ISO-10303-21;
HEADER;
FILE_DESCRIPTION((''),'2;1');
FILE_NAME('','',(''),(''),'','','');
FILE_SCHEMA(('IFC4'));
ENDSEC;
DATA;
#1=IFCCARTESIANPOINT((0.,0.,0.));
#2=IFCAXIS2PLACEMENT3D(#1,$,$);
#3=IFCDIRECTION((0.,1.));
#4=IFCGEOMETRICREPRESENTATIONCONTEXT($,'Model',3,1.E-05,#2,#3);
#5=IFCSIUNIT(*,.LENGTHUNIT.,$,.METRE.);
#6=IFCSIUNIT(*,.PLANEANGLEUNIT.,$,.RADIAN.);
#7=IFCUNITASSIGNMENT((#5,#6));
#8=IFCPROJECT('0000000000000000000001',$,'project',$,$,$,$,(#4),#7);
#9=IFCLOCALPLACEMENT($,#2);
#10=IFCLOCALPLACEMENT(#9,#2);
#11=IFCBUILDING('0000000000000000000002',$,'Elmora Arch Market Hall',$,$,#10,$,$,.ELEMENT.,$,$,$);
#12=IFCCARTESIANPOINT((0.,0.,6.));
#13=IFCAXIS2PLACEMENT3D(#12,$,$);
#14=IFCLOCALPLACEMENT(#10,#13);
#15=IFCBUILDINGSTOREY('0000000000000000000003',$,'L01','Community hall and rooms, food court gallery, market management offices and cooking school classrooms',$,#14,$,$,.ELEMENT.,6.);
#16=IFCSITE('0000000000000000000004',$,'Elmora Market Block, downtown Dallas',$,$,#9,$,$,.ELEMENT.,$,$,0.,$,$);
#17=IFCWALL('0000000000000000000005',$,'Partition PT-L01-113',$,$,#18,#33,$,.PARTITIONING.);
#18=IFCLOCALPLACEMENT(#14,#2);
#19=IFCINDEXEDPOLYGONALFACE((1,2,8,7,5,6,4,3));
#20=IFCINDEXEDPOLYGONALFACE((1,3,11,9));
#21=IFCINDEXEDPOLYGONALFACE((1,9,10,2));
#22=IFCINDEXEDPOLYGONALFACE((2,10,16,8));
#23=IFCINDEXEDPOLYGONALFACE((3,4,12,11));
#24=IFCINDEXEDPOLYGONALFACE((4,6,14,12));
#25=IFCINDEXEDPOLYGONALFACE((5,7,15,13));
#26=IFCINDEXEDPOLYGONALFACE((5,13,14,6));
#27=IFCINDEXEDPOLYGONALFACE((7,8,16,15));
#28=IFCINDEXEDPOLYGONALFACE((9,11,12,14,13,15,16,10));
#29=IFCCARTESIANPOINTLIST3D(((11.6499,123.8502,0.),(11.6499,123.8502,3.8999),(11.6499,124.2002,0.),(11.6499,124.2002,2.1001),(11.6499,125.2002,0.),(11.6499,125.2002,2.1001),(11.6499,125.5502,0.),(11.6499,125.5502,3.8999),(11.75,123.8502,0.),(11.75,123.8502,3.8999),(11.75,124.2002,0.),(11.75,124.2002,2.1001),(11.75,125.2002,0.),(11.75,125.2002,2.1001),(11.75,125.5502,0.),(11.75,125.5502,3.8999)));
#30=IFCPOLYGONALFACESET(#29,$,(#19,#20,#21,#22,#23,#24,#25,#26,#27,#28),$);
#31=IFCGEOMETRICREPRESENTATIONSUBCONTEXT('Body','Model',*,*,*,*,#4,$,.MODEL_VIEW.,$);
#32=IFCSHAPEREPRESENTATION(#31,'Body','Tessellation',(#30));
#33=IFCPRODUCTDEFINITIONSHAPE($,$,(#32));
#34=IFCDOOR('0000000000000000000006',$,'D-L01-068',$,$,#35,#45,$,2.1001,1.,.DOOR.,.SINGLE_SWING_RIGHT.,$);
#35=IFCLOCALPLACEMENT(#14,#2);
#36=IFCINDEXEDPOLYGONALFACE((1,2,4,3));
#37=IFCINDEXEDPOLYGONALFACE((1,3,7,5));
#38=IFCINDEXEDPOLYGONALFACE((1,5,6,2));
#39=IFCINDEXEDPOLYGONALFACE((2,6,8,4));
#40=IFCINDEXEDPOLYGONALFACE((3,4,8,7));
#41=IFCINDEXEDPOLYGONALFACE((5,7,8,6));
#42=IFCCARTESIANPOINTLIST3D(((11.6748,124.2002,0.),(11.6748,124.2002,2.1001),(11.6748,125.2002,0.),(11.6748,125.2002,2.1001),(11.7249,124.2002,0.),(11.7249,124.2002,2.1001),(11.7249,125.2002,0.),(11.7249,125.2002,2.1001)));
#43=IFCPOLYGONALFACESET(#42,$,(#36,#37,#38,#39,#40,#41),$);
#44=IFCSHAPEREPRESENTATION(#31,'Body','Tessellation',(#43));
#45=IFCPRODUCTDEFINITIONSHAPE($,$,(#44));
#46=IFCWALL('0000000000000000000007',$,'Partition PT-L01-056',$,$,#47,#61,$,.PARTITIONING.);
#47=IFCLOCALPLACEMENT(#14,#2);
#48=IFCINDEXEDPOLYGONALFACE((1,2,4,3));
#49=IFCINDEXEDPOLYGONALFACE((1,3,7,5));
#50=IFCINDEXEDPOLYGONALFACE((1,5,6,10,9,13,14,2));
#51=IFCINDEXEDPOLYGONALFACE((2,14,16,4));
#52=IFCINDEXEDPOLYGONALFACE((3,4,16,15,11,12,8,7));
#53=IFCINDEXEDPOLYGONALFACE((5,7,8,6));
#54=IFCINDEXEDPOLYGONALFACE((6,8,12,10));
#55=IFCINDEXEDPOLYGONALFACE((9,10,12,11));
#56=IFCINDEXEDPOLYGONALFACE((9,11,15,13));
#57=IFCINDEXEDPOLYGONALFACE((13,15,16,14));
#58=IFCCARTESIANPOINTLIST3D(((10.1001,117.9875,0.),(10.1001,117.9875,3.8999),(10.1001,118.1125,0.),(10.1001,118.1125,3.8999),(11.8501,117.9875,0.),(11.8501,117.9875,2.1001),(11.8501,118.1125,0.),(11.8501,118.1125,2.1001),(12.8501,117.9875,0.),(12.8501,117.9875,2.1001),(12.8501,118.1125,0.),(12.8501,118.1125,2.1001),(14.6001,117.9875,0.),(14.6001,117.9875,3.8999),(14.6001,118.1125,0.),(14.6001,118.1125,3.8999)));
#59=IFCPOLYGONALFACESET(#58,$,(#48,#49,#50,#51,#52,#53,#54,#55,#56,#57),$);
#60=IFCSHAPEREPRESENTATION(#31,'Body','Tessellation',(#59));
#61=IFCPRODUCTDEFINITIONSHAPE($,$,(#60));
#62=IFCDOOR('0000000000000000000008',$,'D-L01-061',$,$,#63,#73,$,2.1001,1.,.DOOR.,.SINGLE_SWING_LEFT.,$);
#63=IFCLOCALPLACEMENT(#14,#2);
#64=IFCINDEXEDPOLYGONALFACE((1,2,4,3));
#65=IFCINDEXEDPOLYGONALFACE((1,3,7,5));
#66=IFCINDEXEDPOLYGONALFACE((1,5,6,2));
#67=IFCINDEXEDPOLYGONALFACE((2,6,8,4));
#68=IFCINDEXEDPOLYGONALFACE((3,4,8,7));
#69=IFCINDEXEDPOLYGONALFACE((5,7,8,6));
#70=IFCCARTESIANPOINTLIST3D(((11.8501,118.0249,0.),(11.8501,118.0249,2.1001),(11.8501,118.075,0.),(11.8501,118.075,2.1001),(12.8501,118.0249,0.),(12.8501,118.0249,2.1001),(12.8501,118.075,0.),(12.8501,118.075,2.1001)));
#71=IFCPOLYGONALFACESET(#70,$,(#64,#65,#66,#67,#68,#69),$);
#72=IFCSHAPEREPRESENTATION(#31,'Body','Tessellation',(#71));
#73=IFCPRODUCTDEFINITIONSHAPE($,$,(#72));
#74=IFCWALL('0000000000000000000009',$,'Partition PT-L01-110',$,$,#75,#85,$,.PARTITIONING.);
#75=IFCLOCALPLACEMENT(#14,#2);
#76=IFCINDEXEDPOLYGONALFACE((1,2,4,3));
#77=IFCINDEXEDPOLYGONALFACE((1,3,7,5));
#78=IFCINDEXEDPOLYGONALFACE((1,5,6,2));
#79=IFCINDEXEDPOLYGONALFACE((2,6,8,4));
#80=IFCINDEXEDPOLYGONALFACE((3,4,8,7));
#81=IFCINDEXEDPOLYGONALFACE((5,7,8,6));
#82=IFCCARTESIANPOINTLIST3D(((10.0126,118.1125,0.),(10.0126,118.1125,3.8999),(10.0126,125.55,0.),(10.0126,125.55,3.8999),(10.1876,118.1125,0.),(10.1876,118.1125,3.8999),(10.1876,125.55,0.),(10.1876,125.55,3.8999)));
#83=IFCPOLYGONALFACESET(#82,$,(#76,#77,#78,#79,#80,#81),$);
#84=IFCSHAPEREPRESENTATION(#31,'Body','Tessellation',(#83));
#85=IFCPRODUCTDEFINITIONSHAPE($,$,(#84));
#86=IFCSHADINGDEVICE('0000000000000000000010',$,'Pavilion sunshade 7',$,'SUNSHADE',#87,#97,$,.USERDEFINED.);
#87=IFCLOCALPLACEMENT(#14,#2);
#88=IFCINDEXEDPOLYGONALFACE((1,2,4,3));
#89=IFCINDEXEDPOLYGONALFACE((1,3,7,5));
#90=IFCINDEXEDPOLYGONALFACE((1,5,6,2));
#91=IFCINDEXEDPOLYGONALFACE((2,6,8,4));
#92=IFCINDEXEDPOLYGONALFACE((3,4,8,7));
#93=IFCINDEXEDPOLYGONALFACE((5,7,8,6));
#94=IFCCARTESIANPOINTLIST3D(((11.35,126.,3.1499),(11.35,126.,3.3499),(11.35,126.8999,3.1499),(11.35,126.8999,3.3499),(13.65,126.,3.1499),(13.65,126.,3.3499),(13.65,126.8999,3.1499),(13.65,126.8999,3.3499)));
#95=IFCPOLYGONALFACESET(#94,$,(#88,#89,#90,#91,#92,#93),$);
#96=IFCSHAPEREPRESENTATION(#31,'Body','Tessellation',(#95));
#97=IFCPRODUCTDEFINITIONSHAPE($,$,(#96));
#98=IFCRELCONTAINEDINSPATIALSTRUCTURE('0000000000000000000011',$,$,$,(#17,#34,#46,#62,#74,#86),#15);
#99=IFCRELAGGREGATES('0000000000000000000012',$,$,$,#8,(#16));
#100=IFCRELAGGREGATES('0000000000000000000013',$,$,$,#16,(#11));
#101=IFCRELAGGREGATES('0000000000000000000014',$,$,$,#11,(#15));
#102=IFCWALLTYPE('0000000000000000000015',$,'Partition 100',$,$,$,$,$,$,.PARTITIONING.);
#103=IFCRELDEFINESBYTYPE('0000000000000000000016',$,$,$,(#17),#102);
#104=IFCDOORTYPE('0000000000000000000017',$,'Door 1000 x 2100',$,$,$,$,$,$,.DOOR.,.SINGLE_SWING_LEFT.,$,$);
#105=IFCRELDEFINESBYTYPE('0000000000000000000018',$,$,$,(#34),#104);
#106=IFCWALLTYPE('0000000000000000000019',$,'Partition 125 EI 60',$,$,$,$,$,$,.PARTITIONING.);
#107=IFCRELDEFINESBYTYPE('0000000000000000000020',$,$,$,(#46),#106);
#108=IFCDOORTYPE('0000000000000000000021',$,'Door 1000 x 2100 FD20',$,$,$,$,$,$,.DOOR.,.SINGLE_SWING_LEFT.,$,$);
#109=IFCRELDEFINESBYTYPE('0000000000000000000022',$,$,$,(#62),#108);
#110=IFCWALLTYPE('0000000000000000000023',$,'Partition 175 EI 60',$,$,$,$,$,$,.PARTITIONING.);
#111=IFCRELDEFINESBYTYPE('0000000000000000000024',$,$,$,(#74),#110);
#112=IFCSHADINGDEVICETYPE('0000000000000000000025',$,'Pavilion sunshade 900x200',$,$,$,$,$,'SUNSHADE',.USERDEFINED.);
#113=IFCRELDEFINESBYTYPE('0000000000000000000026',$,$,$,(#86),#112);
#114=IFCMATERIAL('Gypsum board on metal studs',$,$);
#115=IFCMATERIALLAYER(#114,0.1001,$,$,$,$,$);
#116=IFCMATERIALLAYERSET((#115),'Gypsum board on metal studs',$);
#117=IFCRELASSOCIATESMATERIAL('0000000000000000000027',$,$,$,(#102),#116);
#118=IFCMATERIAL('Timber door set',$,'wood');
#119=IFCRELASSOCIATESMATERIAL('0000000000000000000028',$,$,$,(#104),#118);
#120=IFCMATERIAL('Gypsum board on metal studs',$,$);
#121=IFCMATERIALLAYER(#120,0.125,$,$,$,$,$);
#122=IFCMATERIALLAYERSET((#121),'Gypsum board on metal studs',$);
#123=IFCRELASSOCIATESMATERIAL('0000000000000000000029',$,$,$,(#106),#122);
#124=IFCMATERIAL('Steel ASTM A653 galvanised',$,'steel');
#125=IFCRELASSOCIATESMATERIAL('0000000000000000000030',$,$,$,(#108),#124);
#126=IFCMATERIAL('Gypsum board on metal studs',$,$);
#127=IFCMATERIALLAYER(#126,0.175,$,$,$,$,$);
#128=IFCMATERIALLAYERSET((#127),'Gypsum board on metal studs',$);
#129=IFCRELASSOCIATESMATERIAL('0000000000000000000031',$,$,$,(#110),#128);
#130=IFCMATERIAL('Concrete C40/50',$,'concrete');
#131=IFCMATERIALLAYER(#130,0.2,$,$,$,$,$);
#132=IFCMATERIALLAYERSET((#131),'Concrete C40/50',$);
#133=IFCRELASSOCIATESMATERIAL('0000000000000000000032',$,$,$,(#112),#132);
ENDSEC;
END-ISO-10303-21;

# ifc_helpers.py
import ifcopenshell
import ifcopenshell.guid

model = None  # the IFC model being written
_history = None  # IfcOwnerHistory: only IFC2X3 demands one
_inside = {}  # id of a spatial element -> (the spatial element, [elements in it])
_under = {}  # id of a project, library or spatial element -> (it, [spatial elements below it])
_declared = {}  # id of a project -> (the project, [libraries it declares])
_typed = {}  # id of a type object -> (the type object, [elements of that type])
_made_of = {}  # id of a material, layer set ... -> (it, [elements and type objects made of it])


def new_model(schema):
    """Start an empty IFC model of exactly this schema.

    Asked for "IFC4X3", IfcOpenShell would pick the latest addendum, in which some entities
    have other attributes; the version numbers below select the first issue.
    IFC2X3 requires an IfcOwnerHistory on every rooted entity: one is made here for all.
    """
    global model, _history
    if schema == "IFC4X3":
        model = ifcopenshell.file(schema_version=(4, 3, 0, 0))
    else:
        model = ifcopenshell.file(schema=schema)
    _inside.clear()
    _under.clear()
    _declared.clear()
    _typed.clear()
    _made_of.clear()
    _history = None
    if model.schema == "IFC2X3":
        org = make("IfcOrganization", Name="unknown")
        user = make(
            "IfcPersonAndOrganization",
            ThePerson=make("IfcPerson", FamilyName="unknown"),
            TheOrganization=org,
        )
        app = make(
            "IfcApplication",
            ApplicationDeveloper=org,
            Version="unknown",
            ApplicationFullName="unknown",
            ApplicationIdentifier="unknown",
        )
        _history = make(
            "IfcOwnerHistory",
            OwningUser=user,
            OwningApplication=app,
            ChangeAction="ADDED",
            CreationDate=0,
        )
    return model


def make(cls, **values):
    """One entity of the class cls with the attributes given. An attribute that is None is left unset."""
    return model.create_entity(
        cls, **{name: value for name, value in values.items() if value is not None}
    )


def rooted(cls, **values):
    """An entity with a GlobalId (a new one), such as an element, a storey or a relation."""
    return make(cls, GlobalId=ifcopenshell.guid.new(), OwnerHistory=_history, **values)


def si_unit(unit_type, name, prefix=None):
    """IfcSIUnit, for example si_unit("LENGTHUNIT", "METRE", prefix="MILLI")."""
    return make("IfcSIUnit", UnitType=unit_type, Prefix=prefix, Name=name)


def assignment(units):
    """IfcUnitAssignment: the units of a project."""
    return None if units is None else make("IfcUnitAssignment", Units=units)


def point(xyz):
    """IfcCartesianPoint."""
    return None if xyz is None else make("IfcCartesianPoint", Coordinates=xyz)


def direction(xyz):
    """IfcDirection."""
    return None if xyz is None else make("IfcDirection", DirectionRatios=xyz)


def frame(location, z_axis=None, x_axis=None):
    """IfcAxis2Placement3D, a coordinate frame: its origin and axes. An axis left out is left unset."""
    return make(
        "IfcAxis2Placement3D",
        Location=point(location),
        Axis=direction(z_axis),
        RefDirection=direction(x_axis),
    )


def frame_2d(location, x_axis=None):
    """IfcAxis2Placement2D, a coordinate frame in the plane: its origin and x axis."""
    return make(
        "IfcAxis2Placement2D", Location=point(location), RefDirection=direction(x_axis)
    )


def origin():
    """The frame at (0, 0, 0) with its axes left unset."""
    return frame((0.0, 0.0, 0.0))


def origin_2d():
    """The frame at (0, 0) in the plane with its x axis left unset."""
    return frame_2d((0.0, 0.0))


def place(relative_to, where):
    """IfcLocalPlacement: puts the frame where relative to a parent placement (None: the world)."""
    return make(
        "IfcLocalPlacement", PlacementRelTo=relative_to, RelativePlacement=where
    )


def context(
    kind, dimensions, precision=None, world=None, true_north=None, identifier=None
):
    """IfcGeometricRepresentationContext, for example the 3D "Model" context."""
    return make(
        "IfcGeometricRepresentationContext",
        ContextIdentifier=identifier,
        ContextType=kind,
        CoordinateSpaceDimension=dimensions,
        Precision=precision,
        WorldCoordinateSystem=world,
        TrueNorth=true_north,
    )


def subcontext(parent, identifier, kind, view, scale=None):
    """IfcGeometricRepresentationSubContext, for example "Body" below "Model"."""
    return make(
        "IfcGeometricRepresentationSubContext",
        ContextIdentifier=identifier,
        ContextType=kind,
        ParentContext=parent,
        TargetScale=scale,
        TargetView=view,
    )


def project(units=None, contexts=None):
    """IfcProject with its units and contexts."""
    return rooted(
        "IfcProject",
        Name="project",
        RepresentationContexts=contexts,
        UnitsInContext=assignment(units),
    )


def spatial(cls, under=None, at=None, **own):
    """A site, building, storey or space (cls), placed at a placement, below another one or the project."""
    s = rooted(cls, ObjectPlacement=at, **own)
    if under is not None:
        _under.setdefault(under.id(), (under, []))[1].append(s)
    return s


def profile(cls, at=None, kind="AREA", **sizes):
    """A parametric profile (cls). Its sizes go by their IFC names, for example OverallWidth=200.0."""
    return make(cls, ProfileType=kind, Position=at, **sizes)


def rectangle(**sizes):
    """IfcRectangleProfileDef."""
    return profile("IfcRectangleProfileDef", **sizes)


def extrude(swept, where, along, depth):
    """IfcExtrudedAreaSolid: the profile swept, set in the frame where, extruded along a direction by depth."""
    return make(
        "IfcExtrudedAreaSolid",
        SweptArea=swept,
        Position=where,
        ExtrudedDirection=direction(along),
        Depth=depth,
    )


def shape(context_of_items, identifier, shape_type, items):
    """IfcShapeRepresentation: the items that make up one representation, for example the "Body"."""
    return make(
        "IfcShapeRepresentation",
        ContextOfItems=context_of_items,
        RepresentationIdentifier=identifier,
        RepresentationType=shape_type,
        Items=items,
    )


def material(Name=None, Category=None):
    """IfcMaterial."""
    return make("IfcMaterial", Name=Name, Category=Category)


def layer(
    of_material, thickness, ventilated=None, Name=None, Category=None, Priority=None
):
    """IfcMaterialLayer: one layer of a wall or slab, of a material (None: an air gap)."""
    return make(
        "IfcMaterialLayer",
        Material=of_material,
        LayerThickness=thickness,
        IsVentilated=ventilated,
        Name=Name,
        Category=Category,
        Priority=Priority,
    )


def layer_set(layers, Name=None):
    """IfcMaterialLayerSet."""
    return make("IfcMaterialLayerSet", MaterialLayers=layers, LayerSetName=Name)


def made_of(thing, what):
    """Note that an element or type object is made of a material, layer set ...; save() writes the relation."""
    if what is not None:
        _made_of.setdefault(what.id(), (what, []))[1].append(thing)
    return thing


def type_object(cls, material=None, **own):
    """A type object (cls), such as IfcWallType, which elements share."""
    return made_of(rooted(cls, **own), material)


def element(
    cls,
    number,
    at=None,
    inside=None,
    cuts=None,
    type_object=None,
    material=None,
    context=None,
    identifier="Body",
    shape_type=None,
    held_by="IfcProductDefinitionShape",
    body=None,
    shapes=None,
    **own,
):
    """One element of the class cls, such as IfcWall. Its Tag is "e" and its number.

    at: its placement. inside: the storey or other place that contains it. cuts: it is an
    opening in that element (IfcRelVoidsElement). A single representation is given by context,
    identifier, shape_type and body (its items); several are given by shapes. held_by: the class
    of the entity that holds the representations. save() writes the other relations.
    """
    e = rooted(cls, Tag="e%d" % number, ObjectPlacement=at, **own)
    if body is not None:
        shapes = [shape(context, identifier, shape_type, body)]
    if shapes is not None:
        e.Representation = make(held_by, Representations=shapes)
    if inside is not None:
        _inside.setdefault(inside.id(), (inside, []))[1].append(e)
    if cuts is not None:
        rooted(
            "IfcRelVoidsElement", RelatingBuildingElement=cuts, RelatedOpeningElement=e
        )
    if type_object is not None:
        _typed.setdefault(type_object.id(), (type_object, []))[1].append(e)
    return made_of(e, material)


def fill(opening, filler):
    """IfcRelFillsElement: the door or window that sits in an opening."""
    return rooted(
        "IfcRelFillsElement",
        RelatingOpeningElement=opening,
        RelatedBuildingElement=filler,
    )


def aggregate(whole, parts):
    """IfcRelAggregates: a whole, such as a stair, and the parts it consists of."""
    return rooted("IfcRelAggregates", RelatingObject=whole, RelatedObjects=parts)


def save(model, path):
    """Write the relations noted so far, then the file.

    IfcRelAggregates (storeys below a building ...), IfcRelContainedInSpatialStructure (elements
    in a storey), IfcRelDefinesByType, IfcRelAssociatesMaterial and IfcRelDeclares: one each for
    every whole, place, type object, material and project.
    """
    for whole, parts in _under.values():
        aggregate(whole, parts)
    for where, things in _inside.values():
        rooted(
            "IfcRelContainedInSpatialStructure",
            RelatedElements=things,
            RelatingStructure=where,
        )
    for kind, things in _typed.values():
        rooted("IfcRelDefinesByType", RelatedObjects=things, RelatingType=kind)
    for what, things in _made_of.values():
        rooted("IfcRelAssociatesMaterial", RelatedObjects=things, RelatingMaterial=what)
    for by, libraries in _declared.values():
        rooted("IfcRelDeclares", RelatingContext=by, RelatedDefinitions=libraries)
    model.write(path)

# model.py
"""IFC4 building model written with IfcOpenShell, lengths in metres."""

from ifc_helpers import new_model, si_unit, direction, frame, frame_2d, origin, origin_2d, place, context, subcontext, project, spatial, rectangle, extrude, material, layer, layer_set, type_object, element, fill, save


model = new_model("IFC4")

# Units and contexts
model_context = context("Model", 3, precision=1e-05, world=origin(), true_north=direction((0.0, 1.0)))
body_context = subcontext(model_context, "Body", "Model", "MODEL_VIEW")
ifc_project = project(units=[si_unit("LENGTHUNIT", "METRE"), si_unit("PLANEANGLEUNIT", "RADIAN")], contexts=[model_context])

# Site, building, storey
site_placement = place(None, origin())
site = spatial("IfcSite", under=ifc_project, at=site_placement, Name="Elmora Market Block, downtown Dallas", CompositionType="ELEMENT", RefElevation=0.0)
building_placement = place(site_placement, origin())
building = spatial("IfcBuilding", under=site, at=building_placement, Name="Elmora Arch Market Hall", CompositionType="ELEMENT")
storey_placement = place(building_placement, frame((0.0, 0.0, 6.0)))
storey = spatial("IfcBuildingStorey", under=building, at=storey_placement, Name="L01", Description="Community hall and rooms, food court gallery, market management offices and cooking school classrooms", CompositionType="ELEMENT", Elevation=6.0)

# Shared definitions
ifc_material_1 = material(Name="Gypsum board on metal studs")
ifc_layer_1 = layer(ifc_material_1, 0.1001)
ifc_layer_set_1 = layer_set([ifc_layer_1], Name="Gypsum board on metal studs")
wall_type_1 = type_object("IfcWallType", Name="Partition 100", PredefinedType="PARTITIONING", material=ifc_layer_set_1)

# Walls, openings, doors
ifc_material_2 = material(Name="Timber door set", Category="wood")
door_type_1 = type_object("IfcDoorType", Name="Door 1000 x 2100", OperationType="SINGLE_SWING_LEFT", PredefinedType="DOOR", material=ifc_material_2)
wall_1_placement = place(storey_placement, frame((11.7, 123.8501, 0.0), z_axis=(0.0, 0.0, 1.0), x_axis=(0.0, 1.0, 0.0)))
wall_1 = element("IfcWall", 1, at=wall_1_placement, inside=storey, type_object=wall_type_1, Name="Partition PT-L01-113", PredefinedType="PARTITIONING", context=body_context, shape_type="SweptSolid", body=[
    extrude(rectangle(XDim=1.7, YDim=0.1001, at=frame_2d((0.8501, 0.0))), origin(), (0.0, 0.0, 1.0), 3.8999),
])
opening_1_placement = place(wall_1_placement, frame((0.3501, 0.0, 0.0)))
opening_1 = element("IfcOpeningElement", 2, at=opening_1_placement, cuts=wall_1, PredefinedType="OPENING", context=body_context, shape_type="SweptSolid", body=[
    extrude(rectangle(XDim=1.0, YDim=2.1001, at=frame_2d((0.5, 1.05))), frame((0.0, 0.0601, 0.0), z_axis=(0.0, -1.0, 0.0), x_axis=(1.0, 0.0, 0.0)), (0.0, 0.0, 1.0), 0.1201),
])
door_1_placement = place(opening_1_placement, frame((1.0, 0.0, 0.0), z_axis=(0.0, 0.0, 1.0), x_axis=(-1.0, 0.0, 0.0)))
door_1 = element("IfcDoor", 3, at=door_1_placement, inside=storey, type_object=door_type_1, Name="D-L01-068", OperationType="SINGLE_SWING_RIGHT", OverallHeight=2.1001, OverallWidth=1.0, PredefinedType="DOOR", context=body_context, shape_type="SweptSolid", body=[
    extrude(rectangle(XDim=1.0, YDim=2.1001, at=frame_2d((0.5, 1.05))), frame((0.0, 0.0249, 0.0), z_axis=(0.0, -1.0, 0.0), x_axis=(1.0, 0.0, 0.0)), (0.0, 0.0, 1.0), 0.05),
])
fill(opening_1, door_1)
ifc_material_3 = material(Name="Gypsum board on metal studs")
ifc_layer_2 = layer(ifc_material_3, 0.125)
ifc_layer_set_2 = layer_set([ifc_layer_2], Name="Gypsum board on metal studs")
wall_type_2 = type_object("IfcWallType", Name="Partition 125 EI 60", PredefinedType="PARTITIONING", material=ifc_layer_set_2)
wall_2_placement = place(storey_placement, frame((10.1001, 118.05, 0.0), z_axis=(0.0, 0.0, 1.0), x_axis=(1.0, 0.0, 0.0)))
wall_2 = element("IfcWall", 4, at=wall_2_placement, inside=storey, type_object=wall_type_2, Name="Partition PT-L01-056", PredefinedType="PARTITIONING", context=body_context, shape_type="SweptSolid", body=[
    extrude(rectangle(XDim=4.5, YDim=0.125, at=frame_2d((2.25, 0.0))), origin(), (0.0, 0.0, 1.0), 3.8999),
])
opening_2_placement = place(wall_2_placement, frame((1.75, 0.0, 0.0)))
opening_2 = element("IfcOpeningElement", 5, at=opening_2_placement, cuts=wall_2, PredefinedType="OPENING", context=body_context, shape_type="SweptSolid", body=[
    extrude(rectangle(XDim=1.0, YDim=2.1001, at=frame_2d((0.5, 1.05))), frame((0.0, 0.0725, 0.0), z_axis=(0.0, -1.0, 0.0), x_axis=(1.0, 0.0, 0.0)), (0.0, 0.0, 1.0), 0.145),
])
ifc_material_4 = material(Name="Steel ASTM A653 galvanised", Category="steel")
door_type_2 = type_object("IfcDoorType", Name="Door 1000 x 2100 FD20", OperationType="SINGLE_SWING_LEFT", PredefinedType="DOOR", material=ifc_material_4)
door_2_placement = place(opening_2_placement, origin())
door_2 = element("IfcDoor", 6, at=door_2_placement, inside=storey, type_object=door_type_2, Name="D-L01-061", OperationType="SINGLE_SWING_LEFT", OverallHeight=2.1001, OverallWidth=1.0, PredefinedType="DOOR", context=body_context, shape_type="SweptSolid", body=[
    extrude(rectangle(XDim=1.0, YDim=2.1001, at=frame_2d((0.5, 1.05))), frame((0.0, 0.0249, 0.0), z_axis=(0.0, -1.0, 0.0), x_axis=(1.0, 0.0, 0.0)), (0.0, 0.0, 1.0), 0.05),
])
fill(opening_2, door_2)

# Wall
ifc_material_5 = material(Name="Gypsum board on metal studs")
ifc_layer_3 = layer(ifc_material_5, 0.175)
ifc_layer_set_3 = layer_set([ifc_layer_3], Name="Gypsum board on metal studs")
wall_type_3 = type_object("IfcWallType", Name="Partition 175 EI 60", PredefinedType="PARTITIONING", material=ifc_layer_set_3)
wall_3_placement = place(storey_placement, frame((10.1001, 118.1125, 0.0), z_axis=(0.0, 0.0, 1.0), x_axis=(0.0, 1.0, 0.0)))
element("IfcWall", 7, at=wall_3_placement, inside=storey, type_object=wall_type_3, Name="Partition PT-L01-110", PredefinedType="PARTITIONING", context=body_context, shape_type="SweptSolid", body=[
    extrude(rectangle(XDim=7.4375, YDim=0.175, at=frame_2d((3.7188, 0.0))), origin(), (0.0, 0.0, 1.0), 3.8999),
])

# Shading device
ifc_material_6 = material(Name="Concrete C40/50", Category="concrete")
ifc_layer_4 = layer(ifc_material_6, 0.2)
ifc_layer_set_4 = layer_set([ifc_layer_4], Name="Concrete C40/50")
shading_device_type = type_object("IfcShadingDeviceType", Name="Pavilion sunshade 900x200", ElementType="SUNSHADE", PredefinedType="USERDEFINED", material=ifc_layer_set_4)
shading_device_placement = place(storey_placement, frame((12.5, 126.45, 3.1499), z_axis=(0.0, 0.0, 1.0), x_axis=(1.0, 0.0, 0.0)))
element("IfcShadingDevice", 8, at=shading_device_placement, inside=storey, type_object=shading_device_type, Name="Pavilion sunshade 7", ObjectType="SUNSHADE", PredefinedType="USERDEFINED", context=body_context, shape_type="SweptSolid", body=[
    extrude(rectangle(XDim=2.3, YDim=0.8999, at=origin_2d()), origin(), (0.0, 0.0, 1.0), 0.2),
])

save(model, "model.ifc")
